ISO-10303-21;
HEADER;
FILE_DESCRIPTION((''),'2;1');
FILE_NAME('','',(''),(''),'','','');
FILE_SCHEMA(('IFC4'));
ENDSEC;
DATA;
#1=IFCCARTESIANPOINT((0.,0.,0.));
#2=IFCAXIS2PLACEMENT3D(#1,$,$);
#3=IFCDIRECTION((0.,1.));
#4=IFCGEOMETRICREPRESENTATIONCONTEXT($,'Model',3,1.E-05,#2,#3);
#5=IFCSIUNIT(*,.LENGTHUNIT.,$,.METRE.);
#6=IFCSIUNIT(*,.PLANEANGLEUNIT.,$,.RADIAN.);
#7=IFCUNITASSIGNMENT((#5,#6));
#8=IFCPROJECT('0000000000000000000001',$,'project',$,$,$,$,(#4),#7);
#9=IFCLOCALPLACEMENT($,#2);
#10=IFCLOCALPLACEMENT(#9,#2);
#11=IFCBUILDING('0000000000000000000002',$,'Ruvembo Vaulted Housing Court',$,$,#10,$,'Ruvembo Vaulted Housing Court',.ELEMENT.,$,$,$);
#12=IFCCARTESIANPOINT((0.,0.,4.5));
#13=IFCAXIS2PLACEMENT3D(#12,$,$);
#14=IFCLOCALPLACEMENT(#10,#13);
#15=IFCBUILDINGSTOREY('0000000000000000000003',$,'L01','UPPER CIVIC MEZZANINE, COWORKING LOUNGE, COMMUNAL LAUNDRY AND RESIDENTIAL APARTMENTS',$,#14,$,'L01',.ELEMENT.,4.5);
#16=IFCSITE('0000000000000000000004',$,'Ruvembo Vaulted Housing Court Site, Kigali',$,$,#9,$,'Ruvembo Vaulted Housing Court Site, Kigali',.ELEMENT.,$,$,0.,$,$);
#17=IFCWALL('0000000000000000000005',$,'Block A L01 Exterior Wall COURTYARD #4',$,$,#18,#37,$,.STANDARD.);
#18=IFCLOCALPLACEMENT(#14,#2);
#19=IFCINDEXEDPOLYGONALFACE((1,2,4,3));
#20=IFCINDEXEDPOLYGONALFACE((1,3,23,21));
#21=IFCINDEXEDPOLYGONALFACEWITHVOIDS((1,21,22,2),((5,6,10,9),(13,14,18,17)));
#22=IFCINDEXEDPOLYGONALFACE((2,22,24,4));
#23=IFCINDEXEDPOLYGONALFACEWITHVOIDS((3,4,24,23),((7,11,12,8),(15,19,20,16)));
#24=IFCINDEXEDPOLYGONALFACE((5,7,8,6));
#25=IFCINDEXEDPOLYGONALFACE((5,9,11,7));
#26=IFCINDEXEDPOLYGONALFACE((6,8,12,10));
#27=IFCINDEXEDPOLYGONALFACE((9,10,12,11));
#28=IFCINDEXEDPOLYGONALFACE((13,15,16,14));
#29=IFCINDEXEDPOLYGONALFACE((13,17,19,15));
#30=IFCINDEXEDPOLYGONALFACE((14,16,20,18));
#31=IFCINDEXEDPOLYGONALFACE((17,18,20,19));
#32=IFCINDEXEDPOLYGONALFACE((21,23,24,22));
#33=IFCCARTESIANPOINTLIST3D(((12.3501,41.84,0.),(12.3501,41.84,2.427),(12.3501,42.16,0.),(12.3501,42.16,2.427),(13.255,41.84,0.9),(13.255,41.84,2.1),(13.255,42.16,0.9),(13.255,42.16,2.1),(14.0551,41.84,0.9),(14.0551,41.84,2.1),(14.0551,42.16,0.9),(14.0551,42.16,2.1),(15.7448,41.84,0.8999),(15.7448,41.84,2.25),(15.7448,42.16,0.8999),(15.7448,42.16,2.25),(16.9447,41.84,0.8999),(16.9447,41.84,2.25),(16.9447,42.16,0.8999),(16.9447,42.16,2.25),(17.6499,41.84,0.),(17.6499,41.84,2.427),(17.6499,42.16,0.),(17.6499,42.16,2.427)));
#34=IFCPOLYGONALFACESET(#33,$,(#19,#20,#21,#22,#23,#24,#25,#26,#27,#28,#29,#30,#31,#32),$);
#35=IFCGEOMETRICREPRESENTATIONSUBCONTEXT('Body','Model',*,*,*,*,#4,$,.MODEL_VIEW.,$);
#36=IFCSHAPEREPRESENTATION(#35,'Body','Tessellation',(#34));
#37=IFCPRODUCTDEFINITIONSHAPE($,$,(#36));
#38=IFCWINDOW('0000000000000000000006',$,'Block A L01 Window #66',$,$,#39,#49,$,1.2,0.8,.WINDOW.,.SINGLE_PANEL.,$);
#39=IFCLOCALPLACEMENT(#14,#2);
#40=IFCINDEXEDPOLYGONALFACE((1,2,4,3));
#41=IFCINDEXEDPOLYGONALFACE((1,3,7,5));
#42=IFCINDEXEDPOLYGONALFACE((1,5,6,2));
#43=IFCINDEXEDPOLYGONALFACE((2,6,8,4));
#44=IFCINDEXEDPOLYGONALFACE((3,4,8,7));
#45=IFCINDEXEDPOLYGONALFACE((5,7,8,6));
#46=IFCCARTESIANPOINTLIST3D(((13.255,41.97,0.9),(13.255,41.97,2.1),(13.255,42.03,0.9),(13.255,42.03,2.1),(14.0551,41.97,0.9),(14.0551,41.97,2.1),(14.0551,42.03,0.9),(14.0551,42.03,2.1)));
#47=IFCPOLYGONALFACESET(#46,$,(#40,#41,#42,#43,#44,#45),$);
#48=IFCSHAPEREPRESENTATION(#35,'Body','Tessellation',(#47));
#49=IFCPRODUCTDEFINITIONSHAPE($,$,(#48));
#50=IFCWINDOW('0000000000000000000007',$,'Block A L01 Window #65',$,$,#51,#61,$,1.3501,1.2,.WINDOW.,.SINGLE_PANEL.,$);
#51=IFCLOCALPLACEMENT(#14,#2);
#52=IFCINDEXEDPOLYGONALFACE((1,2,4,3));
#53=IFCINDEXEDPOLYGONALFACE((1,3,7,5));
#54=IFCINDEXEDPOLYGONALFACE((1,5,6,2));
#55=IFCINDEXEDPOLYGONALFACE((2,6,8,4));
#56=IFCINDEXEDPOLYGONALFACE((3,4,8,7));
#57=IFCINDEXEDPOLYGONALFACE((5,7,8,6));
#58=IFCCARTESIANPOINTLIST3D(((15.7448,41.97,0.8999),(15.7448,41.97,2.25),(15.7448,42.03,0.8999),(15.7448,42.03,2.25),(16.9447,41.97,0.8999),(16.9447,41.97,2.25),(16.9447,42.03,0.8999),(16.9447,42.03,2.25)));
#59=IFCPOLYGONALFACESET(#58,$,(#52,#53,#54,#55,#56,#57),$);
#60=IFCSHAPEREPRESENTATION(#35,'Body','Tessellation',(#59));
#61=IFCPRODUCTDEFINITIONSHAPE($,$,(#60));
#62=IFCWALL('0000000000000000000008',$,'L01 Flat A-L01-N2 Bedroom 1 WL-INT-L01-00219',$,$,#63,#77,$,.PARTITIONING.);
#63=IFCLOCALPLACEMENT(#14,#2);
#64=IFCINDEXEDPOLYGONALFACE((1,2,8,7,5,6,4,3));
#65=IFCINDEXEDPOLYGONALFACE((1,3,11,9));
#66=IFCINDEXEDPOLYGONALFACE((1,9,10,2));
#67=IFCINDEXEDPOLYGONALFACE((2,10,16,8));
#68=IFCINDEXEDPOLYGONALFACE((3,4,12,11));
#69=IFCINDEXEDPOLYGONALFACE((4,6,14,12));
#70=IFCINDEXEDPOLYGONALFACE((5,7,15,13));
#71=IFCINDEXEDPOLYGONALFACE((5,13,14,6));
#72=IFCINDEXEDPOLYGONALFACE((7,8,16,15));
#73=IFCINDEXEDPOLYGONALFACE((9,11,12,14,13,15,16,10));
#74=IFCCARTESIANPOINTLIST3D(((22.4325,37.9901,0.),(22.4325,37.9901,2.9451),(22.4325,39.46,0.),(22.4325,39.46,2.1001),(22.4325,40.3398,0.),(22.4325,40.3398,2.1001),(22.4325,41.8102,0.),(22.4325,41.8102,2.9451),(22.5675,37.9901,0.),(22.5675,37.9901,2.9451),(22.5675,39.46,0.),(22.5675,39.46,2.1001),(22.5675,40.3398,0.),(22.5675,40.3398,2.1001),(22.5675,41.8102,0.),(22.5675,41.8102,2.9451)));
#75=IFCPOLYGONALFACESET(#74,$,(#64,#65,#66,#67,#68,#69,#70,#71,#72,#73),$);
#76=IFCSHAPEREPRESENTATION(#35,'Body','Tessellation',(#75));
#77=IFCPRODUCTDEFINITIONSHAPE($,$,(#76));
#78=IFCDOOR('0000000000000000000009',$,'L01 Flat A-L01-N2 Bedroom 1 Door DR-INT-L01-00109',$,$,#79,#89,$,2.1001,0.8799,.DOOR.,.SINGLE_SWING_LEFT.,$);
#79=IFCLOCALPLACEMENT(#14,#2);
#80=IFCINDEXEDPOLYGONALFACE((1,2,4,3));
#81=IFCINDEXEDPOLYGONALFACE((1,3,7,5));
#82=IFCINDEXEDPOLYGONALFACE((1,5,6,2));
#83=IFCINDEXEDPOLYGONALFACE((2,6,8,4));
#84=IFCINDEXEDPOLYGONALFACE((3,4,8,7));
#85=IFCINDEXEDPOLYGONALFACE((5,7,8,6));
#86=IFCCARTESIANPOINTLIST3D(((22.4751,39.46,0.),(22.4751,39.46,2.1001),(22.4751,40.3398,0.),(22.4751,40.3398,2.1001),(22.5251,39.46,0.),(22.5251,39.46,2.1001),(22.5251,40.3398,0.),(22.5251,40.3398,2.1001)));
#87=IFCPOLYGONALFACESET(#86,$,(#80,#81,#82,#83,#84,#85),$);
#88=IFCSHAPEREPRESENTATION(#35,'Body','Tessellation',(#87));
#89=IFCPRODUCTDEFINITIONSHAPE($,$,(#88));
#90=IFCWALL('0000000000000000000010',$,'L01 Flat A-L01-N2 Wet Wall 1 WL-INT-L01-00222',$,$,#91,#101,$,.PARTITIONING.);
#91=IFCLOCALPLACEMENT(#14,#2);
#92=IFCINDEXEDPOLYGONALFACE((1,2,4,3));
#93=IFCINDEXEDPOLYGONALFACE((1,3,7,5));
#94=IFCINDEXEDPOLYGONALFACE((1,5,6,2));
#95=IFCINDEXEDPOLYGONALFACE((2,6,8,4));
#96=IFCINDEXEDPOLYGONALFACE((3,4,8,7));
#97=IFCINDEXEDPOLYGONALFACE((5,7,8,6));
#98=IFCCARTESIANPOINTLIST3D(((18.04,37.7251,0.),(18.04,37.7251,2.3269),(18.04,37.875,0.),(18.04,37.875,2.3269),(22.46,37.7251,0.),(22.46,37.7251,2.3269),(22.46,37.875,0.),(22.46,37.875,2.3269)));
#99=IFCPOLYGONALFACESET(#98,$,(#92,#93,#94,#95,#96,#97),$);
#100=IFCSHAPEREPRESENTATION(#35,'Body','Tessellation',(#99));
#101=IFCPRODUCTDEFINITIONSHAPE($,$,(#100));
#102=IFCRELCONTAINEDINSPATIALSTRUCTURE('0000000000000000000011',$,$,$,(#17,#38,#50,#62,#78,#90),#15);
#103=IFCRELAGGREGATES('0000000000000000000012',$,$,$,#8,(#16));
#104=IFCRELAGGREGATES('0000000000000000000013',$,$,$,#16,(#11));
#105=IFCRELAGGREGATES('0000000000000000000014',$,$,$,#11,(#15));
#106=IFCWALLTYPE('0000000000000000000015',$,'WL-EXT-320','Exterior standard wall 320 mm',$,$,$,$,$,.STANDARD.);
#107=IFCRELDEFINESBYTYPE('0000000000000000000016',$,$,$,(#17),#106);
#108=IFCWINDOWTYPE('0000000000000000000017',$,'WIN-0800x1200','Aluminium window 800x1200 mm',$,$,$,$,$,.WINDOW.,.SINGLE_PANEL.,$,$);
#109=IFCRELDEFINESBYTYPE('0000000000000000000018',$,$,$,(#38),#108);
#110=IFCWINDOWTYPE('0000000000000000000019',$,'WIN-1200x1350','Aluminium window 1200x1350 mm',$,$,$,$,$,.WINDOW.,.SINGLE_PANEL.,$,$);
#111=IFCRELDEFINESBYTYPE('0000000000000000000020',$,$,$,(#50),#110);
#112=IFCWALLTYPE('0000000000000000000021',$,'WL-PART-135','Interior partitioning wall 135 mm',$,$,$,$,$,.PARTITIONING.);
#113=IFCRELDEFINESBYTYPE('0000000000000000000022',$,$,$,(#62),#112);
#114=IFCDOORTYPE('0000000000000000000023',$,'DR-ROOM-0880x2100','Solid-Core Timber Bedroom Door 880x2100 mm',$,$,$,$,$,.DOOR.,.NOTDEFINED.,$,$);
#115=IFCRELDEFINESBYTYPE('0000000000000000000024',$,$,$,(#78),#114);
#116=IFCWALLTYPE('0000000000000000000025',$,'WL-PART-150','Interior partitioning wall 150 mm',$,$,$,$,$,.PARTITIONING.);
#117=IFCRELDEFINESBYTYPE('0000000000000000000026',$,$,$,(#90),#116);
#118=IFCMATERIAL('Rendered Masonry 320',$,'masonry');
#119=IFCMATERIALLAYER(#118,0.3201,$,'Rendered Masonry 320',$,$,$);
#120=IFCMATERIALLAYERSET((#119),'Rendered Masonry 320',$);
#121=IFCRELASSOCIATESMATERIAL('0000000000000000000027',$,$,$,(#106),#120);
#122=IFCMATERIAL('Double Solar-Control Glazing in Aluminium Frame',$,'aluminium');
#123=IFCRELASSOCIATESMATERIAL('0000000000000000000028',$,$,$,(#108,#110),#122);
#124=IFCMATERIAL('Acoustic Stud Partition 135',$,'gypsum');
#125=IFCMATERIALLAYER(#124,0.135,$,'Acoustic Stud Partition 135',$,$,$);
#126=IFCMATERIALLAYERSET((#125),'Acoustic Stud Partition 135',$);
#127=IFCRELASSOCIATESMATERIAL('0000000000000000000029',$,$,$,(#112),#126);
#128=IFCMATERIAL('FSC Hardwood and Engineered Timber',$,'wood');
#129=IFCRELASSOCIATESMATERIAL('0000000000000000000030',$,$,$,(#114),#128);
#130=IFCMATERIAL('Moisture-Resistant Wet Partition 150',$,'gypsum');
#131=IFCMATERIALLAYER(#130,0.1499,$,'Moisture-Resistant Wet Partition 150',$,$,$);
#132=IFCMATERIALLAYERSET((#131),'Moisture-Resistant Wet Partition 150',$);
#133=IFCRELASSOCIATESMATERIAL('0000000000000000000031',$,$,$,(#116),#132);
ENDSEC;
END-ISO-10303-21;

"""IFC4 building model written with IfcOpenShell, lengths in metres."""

from ifc_helpers import new_model, si_unit, direction, frame, frame_2d, origin, place, context, subcontext, project, spatial, rectangle, extrude, material, layer, layer_set, type_object, element, fill, save


model = new_model("IFC4")

# Units and contexts
model_context = context("Model", 3, precision=1e-05, world=origin(), true_north=direction((0.0, 1.0)))
body_context = subcontext(model_context, "Body", "Model", "MODEL_VIEW")
ifc_project = project(units=[si_unit("LENGTHUNIT", "METRE"), si_unit("PLANEANGLEUNIT", "RADIAN")], contexts=[model_context])

# Site, building, storey
site_placement = place(None, origin())
site = spatial("IfcSite", under=ifc_project, at=site_placement, Name="Ruvembo Vaulted Housing Court Site, Kigali", LongName="Ruvembo Vaulted Housing Court Site, Kigali", CompositionType="ELEMENT", RefElevation=0.0)
building_placement = place(site_placement, origin())
building = spatial("IfcBuilding", under=site, at=building_placement, Name="Ruvembo Vaulted Housing Court", LongName="Ruvembo Vaulted Housing Court", CompositionType="ELEMENT")
storey_placement = place(building_placement, frame((0.0, 0.0, 4.5)))
storey = spatial("IfcBuildingStorey", under=building, at=storey_placement, Name="L01", Description="UPPER CIVIC MEZZANINE, COWORKING LOUNGE, COMMUNAL LAUNDRY AND RESIDENTIAL APARTMENTS", LongName="L01", CompositionType="ELEMENT", Elevation=4.5)

# Wall, openings, windows
ifc_material_1 = material(Name="Rendered Masonry 320", Category="masonry")
ifc_layer_1 = layer(ifc_material_1, 0.3201, Name="Rendered Masonry 320")
ifc_layer_set_1 = layer_set([ifc_layer_1], Name="Rendered Masonry 320")
wall_type_1 = type_object("IfcWallType", Name="WL-EXT-320", Description="Exterior standard wall 320 mm", PredefinedType="STANDARD", material=ifc_layer_set_1)
ifc_material_2 = material(Name="Double Solar-Control Glazing in Aluminium Frame", Category="aluminium")
wall_1_placement = place(storey_placement, frame((17.6499, 42.0, 0.0), z_axis=(0.0, 0.0, 1.0), x_axis=(-1.0, 0.0, 0.0)))
wall_1 = element("IfcWall", 1, at=wall_1_placement, inside=storey, type_object=wall_type_1, Name="Block A L01 Exterior Wall COURTYARD #4", PredefinedType="STANDARD", context=body_context, shape_type="SweptSolid", body=[
    extrude(rectangle(XDim=5.2998, YDim=0.3201, at=frame_2d((2.6499, 0.0))), origin(), (0.0, 0.0, 1.0), 2.427),
])
opening_1_placement = place(wall_1_placement, frame((0.7051, 0.0, 0.8999)))
opening_1 = element("IfcOpeningElement", 2, at=opening_1_placement, cuts=wall_1, PredefinedType="OPENING", context=body_context, shape_type="SweptSolid", body=[
    extrude(rectangle(XDim=1.2, YDim=1.3501, at=frame_2d((0.6001, 0.675))), frame((0.0, 0.1699, 0.0), z_axis=(0.0, -1.0, 0.0), x_axis=(1.0, 0.0, 0.0)), (0.0, 0.0, 1.0), 0.3401),
])
opening_2_placement = place(wall_1_placement, frame((3.595, 0.0, 0.8999)))
opening_2 = element("IfcOpeningElement", 3, at=opening_2_placement, cuts=wall_1, PredefinedType="OPENING", context=body_context, shape_type="SweptSolid", body=[
    extrude(rectangle(XDim=0.8, YDim=1.2, at=frame_2d((0.3999, 0.6001))), frame((0.0, 0.1699, 0.0), z_axis=(0.0, -1.0, 0.0), x_axis=(1.0, 0.0, 0.0)), (0.0, 0.0, 1.0), 0.3401),
])
window_type_1 = type_object("IfcWindowType", Name="WIN-0800x1200", Description="Aluminium window 800x1200 mm", PartitioningType="SINGLE_PANEL", PredefinedType="WINDOW", material=ifc_material_2)
window_1_placement = place(opening_2_placement, origin())
window_1 = element("IfcWindow", 4, at=window_1_placement, inside=storey, type_object=window_type_1, Name="Block A L01 Window #66", OverallHeight=1.2, OverallWidth=0.8, PartitioningType="SINGLE_PANEL", PredefinedType="WINDOW", context=body_context, shape_type="SweptSolid", body=[
    extrude(rectangle(XDim=0.8, YDim=1.2, at=frame_2d((0.3999, 0.6001))), frame((0.0, 0.03, 0.0), z_axis=(0.0, -1.0, 0.0), x_axis=(1.0, 0.0, 0.0)), (0.0, 0.0, 1.0), 0.0601),
])
fill(opening_2, window_1)
window_type_2 = type_object("IfcWindowType", Name="WIN-1200x1350", Description="Aluminium window 1200x1350 mm", PartitioningType="SINGLE_PANEL", PredefinedType="WINDOW", material=ifc_material_2)
window_2_placement = place(opening_1_placement, origin())
window_2 = element("IfcWindow", 5, at=window_2_placement, inside=storey, type_object=window_type_2, Name="Block A L01 Window #65", OverallHeight=1.3501, OverallWidth=1.2, PartitioningType="SINGLE_PANEL", PredefinedType="WINDOW", context=body_context, shape_type="SweptSolid", body=[
    extrude(rectangle(XDim=1.2, YDim=1.3501, at=frame_2d((0.6001, 0.675))), frame((0.0, 0.03, 0.0), z_axis=(0.0, -1.0, 0.0), x_axis=(1.0, 0.0, 0.0)), (0.0, 0.0, 1.0), 0.0601),
])
fill(opening_1, window_2)

# Wall, opening, door
ifc_material_3 = material(Name="Acoustic Stud Partition 135", Category="gypsum")
ifc_layer_2 = layer(ifc_material_3, 0.135, Name="Acoustic Stud Partition 135")
ifc_layer_set_2 = layer_set([ifc_layer_2], Name="Acoustic Stud Partition 135")
wall_type_2 = type_object("IfcWallType", Name="WL-PART-135", Description="Interior partitioning wall 135 mm", PredefinedType="PARTITIONING", material=ifc_layer_set_2)
wall_2_placement = place(storey_placement, frame((22.5, 37.99, 0.0), z_axis=(0.0, 0.0, 1.0), x_axis=(0.0, 1.0, 0.0)))
wall_2 = element("IfcWall", 6, at=wall_2_placement, inside=storey, type_object=wall_type_2, Name="L01 Flat A-L01-N2 Bedroom 1 WL-INT-L01-00219", PredefinedType="PARTITIONING", context=body_context, shape_type="SweptSolid", body=[
    extrude(rectangle(XDim=3.8201, YDim=0.135, at=frame_2d((1.9102, 0.0))), origin(), (0.0, 0.0, 1.0), 2.9451),
])
opening_3_placement = place(wall_2_placement, frame((1.47, 0.0, 0.0)))
opening_3 = element("IfcOpeningElement", 7, at=opening_3_placement, cuts=wall_2, PredefinedType="OPENING", context=body_context, shape_type="SweptSolid", body=[
    extrude(rectangle(XDim=0.8799, YDim=2.1001, at=frame_2d((0.4399, 1.05))), frame((0.0, 0.0774, 0.0), z_axis=(0.0, -1.0, 0.0), x_axis=(1.0, 0.0, 0.0)), (0.0, 0.0, 1.0), 0.155),
])
ifc_material_4 = material(Name="FSC Hardwood and Engineered Timber", Category="wood")
door_type = type_object("IfcDoorType", Name="DR-ROOM-0880x2100", Description="Solid-Core Timber Bedroom Door 880x2100 mm", OperationType="NOTDEFINED", PredefinedType="DOOR", material=ifc_material_4)
door_placement = place(opening_3_placement, origin())
door = element("IfcDoor", 8, at=door_placement, inside=storey, type_object=door_type, Name="L01 Flat A-L01-N2 Bedroom 1 Door DR-INT-L01-00109", OperationType="SINGLE_SWING_LEFT", OverallHeight=2.1001, OverallWidth=0.8799, PredefinedType="DOOR", context=body_context, shape_type="SweptSolid", body=[
    extrude(rectangle(XDim=0.8799, YDim=2.1001, at=frame_2d((0.4399, 1.05))), frame((0.0, 0.0249, 0.0), z_axis=(0.0, -1.0, 0.0), x_axis=(1.0, 0.0, 0.0)), (0.0, 0.0, 1.0), 0.05),
])
fill(opening_3, door)

# Wall
ifc_material_5 = material(Name="Moisture-Resistant Wet Partition 150", Category="gypsum")
ifc_layer_3 = layer(ifc_material_5, 0.1499, Name="Moisture-Resistant Wet Partition 150")
ifc_layer_set_3 = layer_set([ifc_layer_3], Name="Moisture-Resistant Wet Partition 150")
wall_type_3 = type_object("IfcWallType", Name="WL-PART-150", Description="Interior partitioning wall 150 mm", PredefinedType="PARTITIONING", material=ifc_layer_set_3)
wall_3_placement = place(storey_placement, frame((18.04, 37.8, 0.0), z_axis=(0.0, 0.0, 1.0), x_axis=(1.0, 0.0, 0.0)))
element("IfcWall", 9, at=wall_3_placement, inside=storey, type_object=wall_type_3, Name="L01 Flat A-L01-N2 Wet Wall 1 WL-INT-L01-00222", PredefinedType="PARTITIONING", context=body_context, shape_type="SweptSolid", body=[
    extrude(rectangle(XDim=4.4199, YDim=0.1499, at=frame_2d((2.21, 0.0))), origin(), (0.0, 0.0, 1.0), 2.3269),
])

save(model, "model.ifc")
